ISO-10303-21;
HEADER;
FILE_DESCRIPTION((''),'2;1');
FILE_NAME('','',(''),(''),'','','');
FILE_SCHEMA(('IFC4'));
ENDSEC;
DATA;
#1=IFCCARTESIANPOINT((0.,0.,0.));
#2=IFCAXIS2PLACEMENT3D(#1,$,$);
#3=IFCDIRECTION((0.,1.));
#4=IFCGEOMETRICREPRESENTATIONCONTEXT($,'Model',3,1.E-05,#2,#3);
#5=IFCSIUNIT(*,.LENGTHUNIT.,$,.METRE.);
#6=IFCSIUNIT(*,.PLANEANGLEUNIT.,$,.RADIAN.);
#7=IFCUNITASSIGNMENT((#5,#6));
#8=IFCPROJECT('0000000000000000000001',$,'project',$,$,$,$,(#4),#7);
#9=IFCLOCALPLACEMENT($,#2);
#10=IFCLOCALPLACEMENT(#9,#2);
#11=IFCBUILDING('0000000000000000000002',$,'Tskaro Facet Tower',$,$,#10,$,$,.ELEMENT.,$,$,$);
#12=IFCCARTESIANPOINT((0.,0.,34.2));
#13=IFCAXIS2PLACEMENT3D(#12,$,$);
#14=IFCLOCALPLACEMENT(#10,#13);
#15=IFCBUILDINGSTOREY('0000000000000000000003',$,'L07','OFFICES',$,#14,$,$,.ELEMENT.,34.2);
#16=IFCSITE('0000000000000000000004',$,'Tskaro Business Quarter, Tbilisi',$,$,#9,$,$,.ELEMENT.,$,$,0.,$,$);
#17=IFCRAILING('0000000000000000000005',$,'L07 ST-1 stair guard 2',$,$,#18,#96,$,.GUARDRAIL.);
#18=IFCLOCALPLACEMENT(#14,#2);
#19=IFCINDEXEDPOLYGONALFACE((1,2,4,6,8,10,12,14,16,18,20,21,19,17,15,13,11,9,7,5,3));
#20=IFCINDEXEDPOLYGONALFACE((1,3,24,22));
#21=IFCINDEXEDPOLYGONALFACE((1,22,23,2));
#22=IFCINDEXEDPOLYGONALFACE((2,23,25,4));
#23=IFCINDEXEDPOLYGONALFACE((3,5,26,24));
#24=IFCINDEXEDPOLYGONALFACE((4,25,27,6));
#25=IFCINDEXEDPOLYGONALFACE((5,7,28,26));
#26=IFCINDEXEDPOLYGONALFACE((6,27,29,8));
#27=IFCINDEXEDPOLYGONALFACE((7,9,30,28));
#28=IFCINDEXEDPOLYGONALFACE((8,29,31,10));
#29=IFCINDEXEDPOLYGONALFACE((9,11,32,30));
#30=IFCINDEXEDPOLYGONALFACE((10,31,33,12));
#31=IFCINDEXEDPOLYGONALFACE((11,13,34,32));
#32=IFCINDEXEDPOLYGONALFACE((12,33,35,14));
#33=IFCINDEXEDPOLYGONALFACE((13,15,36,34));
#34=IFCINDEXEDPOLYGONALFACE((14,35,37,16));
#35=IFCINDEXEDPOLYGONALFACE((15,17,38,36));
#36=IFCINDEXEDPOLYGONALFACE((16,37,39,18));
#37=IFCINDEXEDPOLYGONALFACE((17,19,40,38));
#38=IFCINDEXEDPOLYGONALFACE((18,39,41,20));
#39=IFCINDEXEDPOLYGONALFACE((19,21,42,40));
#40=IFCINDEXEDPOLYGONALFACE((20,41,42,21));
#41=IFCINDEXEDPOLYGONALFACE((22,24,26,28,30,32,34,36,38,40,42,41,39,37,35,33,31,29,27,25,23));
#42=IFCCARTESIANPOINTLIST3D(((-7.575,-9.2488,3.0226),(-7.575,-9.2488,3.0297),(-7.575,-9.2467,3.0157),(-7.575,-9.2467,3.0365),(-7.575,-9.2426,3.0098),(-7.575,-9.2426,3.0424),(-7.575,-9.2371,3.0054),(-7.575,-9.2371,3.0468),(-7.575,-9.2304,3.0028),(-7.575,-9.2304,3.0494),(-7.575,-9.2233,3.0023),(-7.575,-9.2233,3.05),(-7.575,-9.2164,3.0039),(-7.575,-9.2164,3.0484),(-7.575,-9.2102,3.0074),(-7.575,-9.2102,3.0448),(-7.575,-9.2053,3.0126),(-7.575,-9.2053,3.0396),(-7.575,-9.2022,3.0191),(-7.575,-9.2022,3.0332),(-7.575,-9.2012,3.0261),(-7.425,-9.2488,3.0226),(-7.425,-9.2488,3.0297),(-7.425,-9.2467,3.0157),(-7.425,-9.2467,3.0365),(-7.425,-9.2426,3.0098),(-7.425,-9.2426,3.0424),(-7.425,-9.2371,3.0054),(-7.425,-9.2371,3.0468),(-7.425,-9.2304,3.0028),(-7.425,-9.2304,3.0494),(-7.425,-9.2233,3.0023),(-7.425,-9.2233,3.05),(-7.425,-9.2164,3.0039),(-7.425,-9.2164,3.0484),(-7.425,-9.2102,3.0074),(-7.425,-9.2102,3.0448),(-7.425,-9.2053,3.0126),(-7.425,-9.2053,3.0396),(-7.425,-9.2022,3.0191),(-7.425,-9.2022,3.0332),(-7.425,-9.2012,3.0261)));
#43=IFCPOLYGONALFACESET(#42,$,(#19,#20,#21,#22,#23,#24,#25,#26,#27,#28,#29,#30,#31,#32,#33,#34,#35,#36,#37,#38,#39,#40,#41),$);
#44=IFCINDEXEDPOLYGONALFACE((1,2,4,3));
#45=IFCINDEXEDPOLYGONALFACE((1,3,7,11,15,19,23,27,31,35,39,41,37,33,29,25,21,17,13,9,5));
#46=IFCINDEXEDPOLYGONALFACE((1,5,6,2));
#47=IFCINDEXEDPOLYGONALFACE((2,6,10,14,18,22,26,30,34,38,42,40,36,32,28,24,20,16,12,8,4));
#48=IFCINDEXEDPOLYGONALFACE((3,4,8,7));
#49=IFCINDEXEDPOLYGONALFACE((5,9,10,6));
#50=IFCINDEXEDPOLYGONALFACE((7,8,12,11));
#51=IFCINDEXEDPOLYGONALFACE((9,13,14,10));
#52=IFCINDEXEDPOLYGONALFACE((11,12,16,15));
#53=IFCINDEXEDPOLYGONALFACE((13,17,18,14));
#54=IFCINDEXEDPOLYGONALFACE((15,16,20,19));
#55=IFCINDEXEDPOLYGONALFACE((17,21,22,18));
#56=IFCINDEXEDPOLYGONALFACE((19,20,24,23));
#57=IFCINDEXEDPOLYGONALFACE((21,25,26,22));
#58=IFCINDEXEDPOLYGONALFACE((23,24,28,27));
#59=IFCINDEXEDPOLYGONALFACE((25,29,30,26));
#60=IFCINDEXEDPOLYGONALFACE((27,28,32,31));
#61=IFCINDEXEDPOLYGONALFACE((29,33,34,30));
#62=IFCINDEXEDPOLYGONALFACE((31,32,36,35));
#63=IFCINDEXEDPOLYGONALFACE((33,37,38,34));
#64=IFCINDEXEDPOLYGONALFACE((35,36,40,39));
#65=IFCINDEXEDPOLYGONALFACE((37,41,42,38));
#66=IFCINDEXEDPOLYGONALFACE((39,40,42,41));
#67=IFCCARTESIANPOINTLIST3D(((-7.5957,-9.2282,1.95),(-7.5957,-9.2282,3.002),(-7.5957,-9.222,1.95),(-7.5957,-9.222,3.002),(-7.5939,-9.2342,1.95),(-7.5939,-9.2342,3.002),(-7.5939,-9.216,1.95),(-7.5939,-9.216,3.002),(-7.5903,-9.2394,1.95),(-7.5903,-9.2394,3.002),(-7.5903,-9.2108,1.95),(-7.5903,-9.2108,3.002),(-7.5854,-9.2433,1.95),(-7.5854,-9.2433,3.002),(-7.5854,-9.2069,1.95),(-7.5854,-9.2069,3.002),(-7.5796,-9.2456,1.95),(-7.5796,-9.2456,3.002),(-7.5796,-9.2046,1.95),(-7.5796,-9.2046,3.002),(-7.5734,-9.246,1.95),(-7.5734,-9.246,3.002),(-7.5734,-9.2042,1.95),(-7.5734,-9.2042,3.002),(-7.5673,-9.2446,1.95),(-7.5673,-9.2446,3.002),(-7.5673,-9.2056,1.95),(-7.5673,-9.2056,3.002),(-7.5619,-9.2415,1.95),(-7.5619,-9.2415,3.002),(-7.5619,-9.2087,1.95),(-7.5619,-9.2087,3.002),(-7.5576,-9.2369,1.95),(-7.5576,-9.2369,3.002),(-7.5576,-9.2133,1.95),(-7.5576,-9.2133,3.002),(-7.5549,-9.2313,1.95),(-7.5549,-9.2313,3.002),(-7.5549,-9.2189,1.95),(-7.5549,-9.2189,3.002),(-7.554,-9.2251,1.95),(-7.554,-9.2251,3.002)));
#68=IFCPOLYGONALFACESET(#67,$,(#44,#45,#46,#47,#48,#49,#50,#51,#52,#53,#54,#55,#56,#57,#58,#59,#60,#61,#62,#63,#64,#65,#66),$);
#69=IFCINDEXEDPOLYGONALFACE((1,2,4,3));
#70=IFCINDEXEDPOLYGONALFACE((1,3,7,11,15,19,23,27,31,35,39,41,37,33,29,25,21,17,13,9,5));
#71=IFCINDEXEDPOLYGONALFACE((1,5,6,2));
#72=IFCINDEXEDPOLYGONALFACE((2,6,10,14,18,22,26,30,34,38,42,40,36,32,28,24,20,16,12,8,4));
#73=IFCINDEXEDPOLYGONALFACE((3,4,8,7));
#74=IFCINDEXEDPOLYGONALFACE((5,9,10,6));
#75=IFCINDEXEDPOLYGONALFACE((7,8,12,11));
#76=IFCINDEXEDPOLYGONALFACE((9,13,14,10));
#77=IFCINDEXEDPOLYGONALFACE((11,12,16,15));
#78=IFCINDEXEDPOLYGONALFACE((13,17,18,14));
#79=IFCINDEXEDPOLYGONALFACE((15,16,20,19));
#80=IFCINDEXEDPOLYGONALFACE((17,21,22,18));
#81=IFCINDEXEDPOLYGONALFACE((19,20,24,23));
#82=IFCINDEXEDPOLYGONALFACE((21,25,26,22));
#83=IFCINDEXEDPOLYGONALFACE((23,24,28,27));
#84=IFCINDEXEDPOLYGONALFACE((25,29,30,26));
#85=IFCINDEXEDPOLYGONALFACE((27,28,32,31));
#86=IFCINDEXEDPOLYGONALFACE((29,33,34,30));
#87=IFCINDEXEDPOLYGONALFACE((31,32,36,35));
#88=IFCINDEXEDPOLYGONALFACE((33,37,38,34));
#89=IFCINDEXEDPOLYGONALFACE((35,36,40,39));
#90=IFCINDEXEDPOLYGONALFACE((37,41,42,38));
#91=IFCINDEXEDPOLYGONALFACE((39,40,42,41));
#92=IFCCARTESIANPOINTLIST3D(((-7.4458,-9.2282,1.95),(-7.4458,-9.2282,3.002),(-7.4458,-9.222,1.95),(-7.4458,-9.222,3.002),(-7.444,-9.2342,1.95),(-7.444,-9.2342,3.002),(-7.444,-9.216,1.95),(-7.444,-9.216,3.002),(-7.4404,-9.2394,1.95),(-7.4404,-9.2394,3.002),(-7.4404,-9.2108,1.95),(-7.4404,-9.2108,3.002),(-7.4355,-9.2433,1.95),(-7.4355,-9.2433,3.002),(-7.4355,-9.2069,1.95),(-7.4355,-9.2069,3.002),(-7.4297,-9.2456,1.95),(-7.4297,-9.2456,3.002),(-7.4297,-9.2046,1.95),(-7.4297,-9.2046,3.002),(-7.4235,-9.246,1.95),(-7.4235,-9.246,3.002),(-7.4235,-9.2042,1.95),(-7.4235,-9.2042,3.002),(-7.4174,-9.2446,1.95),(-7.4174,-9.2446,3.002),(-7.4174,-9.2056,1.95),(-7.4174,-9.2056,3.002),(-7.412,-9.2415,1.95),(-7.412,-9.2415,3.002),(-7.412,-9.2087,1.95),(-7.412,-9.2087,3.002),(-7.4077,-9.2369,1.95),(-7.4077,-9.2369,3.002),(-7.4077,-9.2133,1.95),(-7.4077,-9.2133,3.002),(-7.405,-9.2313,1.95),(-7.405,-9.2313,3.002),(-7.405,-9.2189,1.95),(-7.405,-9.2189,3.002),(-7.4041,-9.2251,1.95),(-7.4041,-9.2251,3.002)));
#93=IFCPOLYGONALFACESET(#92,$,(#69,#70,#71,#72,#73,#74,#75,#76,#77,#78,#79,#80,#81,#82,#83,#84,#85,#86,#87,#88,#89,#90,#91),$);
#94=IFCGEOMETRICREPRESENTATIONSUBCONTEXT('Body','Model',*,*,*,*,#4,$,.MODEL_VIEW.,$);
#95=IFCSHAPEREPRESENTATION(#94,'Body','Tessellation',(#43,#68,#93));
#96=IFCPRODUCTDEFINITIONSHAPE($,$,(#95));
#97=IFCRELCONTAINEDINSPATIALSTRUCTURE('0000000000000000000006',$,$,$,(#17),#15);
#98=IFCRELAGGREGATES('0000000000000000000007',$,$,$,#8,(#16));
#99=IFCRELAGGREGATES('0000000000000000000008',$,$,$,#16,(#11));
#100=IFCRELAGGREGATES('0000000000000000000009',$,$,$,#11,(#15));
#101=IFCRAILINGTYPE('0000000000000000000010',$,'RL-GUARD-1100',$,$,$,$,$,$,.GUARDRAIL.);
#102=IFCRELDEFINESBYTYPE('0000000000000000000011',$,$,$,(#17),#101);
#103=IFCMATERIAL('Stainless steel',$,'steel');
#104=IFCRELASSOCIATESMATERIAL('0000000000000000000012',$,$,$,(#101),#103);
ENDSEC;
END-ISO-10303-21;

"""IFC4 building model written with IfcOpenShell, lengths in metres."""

from ifc_helpers import new_model, si_unit, direction, frame, origin, origin_2d, place, context, subcontext, project, spatial, circle, extrude, material, type_object, element, save


model = new_model("IFC4")

# Units and contexts
model_context = context("Model", 3, precision=1e-05, world=origin(), true_north=direction((0.0, 1.0)))
body_context = subcontext(model_context, "Body", "Model", "MODEL_VIEW")
ifc_project = project(units=[si_unit("LENGTHUNIT", "METRE"), si_unit("PLANEANGLEUNIT", "RADIAN")], contexts=[model_context])

# Site, building, storey
site_placement = place(None, origin())
site = spatial("IfcSite", under=ifc_project, at=site_placement, Name="Tskaro Business Quarter, Tbilisi", CompositionType="ELEMENT", RefElevation=0.0)
building_placement = place(site_placement, origin())
building = spatial("IfcBuilding", under=site, at=building_placement, Name="Tskaro Facet Tower", CompositionType="ELEMENT")
storey_placement = place(building_placement, frame((0.0, 0.0, 34.2)))
storey = spatial("IfcBuildingStorey", under=building, at=storey_placement, Name="L07", Description="OFFICES", CompositionType="ELEMENT", Elevation=34.2)

# Shared definitions
ifc_material_1 = material(Name="Stainless steel", Category="steel")

# Railing
railing_type_1 = type_object("IfcRailingType", Name="RL-GUARD-1100", PredefinedType="GUARDRAIL", material=ifc_material_1)
railing_1_placement = place(storey_placement, frame((-7.575, -9.2251, 1.95)))
element("IfcRailing", 1, at=railing_1_placement, inside=storey, type_object=railing_type_1, Name="L07 ST-1 stair guard 2", PredefinedType="GUARDRAIL", context=body_context, shape_type="SweptSolid", body=[
    extrude(circle(Radius=0.0239, at=origin_2d()), frame((0.0, 0.0, 1.0762), z_axis=(1.0, 0.0, 0.0), x_axis=(0.0, 1.0, 0.0)), (0.0, 0.0, 1.0), 0.1499),
    extrude(circle(Radius=0.021, at=origin_2d()), origin(), (0.0, 0.0, 1.0), 1.052),
    extrude(circle(Radius=0.021, at=origin_2d()), frame((0.1499, 0.0, 0.0)), (0.0, 0.0, 1.0), 1.052),
])

save(model, "model.ifc")
